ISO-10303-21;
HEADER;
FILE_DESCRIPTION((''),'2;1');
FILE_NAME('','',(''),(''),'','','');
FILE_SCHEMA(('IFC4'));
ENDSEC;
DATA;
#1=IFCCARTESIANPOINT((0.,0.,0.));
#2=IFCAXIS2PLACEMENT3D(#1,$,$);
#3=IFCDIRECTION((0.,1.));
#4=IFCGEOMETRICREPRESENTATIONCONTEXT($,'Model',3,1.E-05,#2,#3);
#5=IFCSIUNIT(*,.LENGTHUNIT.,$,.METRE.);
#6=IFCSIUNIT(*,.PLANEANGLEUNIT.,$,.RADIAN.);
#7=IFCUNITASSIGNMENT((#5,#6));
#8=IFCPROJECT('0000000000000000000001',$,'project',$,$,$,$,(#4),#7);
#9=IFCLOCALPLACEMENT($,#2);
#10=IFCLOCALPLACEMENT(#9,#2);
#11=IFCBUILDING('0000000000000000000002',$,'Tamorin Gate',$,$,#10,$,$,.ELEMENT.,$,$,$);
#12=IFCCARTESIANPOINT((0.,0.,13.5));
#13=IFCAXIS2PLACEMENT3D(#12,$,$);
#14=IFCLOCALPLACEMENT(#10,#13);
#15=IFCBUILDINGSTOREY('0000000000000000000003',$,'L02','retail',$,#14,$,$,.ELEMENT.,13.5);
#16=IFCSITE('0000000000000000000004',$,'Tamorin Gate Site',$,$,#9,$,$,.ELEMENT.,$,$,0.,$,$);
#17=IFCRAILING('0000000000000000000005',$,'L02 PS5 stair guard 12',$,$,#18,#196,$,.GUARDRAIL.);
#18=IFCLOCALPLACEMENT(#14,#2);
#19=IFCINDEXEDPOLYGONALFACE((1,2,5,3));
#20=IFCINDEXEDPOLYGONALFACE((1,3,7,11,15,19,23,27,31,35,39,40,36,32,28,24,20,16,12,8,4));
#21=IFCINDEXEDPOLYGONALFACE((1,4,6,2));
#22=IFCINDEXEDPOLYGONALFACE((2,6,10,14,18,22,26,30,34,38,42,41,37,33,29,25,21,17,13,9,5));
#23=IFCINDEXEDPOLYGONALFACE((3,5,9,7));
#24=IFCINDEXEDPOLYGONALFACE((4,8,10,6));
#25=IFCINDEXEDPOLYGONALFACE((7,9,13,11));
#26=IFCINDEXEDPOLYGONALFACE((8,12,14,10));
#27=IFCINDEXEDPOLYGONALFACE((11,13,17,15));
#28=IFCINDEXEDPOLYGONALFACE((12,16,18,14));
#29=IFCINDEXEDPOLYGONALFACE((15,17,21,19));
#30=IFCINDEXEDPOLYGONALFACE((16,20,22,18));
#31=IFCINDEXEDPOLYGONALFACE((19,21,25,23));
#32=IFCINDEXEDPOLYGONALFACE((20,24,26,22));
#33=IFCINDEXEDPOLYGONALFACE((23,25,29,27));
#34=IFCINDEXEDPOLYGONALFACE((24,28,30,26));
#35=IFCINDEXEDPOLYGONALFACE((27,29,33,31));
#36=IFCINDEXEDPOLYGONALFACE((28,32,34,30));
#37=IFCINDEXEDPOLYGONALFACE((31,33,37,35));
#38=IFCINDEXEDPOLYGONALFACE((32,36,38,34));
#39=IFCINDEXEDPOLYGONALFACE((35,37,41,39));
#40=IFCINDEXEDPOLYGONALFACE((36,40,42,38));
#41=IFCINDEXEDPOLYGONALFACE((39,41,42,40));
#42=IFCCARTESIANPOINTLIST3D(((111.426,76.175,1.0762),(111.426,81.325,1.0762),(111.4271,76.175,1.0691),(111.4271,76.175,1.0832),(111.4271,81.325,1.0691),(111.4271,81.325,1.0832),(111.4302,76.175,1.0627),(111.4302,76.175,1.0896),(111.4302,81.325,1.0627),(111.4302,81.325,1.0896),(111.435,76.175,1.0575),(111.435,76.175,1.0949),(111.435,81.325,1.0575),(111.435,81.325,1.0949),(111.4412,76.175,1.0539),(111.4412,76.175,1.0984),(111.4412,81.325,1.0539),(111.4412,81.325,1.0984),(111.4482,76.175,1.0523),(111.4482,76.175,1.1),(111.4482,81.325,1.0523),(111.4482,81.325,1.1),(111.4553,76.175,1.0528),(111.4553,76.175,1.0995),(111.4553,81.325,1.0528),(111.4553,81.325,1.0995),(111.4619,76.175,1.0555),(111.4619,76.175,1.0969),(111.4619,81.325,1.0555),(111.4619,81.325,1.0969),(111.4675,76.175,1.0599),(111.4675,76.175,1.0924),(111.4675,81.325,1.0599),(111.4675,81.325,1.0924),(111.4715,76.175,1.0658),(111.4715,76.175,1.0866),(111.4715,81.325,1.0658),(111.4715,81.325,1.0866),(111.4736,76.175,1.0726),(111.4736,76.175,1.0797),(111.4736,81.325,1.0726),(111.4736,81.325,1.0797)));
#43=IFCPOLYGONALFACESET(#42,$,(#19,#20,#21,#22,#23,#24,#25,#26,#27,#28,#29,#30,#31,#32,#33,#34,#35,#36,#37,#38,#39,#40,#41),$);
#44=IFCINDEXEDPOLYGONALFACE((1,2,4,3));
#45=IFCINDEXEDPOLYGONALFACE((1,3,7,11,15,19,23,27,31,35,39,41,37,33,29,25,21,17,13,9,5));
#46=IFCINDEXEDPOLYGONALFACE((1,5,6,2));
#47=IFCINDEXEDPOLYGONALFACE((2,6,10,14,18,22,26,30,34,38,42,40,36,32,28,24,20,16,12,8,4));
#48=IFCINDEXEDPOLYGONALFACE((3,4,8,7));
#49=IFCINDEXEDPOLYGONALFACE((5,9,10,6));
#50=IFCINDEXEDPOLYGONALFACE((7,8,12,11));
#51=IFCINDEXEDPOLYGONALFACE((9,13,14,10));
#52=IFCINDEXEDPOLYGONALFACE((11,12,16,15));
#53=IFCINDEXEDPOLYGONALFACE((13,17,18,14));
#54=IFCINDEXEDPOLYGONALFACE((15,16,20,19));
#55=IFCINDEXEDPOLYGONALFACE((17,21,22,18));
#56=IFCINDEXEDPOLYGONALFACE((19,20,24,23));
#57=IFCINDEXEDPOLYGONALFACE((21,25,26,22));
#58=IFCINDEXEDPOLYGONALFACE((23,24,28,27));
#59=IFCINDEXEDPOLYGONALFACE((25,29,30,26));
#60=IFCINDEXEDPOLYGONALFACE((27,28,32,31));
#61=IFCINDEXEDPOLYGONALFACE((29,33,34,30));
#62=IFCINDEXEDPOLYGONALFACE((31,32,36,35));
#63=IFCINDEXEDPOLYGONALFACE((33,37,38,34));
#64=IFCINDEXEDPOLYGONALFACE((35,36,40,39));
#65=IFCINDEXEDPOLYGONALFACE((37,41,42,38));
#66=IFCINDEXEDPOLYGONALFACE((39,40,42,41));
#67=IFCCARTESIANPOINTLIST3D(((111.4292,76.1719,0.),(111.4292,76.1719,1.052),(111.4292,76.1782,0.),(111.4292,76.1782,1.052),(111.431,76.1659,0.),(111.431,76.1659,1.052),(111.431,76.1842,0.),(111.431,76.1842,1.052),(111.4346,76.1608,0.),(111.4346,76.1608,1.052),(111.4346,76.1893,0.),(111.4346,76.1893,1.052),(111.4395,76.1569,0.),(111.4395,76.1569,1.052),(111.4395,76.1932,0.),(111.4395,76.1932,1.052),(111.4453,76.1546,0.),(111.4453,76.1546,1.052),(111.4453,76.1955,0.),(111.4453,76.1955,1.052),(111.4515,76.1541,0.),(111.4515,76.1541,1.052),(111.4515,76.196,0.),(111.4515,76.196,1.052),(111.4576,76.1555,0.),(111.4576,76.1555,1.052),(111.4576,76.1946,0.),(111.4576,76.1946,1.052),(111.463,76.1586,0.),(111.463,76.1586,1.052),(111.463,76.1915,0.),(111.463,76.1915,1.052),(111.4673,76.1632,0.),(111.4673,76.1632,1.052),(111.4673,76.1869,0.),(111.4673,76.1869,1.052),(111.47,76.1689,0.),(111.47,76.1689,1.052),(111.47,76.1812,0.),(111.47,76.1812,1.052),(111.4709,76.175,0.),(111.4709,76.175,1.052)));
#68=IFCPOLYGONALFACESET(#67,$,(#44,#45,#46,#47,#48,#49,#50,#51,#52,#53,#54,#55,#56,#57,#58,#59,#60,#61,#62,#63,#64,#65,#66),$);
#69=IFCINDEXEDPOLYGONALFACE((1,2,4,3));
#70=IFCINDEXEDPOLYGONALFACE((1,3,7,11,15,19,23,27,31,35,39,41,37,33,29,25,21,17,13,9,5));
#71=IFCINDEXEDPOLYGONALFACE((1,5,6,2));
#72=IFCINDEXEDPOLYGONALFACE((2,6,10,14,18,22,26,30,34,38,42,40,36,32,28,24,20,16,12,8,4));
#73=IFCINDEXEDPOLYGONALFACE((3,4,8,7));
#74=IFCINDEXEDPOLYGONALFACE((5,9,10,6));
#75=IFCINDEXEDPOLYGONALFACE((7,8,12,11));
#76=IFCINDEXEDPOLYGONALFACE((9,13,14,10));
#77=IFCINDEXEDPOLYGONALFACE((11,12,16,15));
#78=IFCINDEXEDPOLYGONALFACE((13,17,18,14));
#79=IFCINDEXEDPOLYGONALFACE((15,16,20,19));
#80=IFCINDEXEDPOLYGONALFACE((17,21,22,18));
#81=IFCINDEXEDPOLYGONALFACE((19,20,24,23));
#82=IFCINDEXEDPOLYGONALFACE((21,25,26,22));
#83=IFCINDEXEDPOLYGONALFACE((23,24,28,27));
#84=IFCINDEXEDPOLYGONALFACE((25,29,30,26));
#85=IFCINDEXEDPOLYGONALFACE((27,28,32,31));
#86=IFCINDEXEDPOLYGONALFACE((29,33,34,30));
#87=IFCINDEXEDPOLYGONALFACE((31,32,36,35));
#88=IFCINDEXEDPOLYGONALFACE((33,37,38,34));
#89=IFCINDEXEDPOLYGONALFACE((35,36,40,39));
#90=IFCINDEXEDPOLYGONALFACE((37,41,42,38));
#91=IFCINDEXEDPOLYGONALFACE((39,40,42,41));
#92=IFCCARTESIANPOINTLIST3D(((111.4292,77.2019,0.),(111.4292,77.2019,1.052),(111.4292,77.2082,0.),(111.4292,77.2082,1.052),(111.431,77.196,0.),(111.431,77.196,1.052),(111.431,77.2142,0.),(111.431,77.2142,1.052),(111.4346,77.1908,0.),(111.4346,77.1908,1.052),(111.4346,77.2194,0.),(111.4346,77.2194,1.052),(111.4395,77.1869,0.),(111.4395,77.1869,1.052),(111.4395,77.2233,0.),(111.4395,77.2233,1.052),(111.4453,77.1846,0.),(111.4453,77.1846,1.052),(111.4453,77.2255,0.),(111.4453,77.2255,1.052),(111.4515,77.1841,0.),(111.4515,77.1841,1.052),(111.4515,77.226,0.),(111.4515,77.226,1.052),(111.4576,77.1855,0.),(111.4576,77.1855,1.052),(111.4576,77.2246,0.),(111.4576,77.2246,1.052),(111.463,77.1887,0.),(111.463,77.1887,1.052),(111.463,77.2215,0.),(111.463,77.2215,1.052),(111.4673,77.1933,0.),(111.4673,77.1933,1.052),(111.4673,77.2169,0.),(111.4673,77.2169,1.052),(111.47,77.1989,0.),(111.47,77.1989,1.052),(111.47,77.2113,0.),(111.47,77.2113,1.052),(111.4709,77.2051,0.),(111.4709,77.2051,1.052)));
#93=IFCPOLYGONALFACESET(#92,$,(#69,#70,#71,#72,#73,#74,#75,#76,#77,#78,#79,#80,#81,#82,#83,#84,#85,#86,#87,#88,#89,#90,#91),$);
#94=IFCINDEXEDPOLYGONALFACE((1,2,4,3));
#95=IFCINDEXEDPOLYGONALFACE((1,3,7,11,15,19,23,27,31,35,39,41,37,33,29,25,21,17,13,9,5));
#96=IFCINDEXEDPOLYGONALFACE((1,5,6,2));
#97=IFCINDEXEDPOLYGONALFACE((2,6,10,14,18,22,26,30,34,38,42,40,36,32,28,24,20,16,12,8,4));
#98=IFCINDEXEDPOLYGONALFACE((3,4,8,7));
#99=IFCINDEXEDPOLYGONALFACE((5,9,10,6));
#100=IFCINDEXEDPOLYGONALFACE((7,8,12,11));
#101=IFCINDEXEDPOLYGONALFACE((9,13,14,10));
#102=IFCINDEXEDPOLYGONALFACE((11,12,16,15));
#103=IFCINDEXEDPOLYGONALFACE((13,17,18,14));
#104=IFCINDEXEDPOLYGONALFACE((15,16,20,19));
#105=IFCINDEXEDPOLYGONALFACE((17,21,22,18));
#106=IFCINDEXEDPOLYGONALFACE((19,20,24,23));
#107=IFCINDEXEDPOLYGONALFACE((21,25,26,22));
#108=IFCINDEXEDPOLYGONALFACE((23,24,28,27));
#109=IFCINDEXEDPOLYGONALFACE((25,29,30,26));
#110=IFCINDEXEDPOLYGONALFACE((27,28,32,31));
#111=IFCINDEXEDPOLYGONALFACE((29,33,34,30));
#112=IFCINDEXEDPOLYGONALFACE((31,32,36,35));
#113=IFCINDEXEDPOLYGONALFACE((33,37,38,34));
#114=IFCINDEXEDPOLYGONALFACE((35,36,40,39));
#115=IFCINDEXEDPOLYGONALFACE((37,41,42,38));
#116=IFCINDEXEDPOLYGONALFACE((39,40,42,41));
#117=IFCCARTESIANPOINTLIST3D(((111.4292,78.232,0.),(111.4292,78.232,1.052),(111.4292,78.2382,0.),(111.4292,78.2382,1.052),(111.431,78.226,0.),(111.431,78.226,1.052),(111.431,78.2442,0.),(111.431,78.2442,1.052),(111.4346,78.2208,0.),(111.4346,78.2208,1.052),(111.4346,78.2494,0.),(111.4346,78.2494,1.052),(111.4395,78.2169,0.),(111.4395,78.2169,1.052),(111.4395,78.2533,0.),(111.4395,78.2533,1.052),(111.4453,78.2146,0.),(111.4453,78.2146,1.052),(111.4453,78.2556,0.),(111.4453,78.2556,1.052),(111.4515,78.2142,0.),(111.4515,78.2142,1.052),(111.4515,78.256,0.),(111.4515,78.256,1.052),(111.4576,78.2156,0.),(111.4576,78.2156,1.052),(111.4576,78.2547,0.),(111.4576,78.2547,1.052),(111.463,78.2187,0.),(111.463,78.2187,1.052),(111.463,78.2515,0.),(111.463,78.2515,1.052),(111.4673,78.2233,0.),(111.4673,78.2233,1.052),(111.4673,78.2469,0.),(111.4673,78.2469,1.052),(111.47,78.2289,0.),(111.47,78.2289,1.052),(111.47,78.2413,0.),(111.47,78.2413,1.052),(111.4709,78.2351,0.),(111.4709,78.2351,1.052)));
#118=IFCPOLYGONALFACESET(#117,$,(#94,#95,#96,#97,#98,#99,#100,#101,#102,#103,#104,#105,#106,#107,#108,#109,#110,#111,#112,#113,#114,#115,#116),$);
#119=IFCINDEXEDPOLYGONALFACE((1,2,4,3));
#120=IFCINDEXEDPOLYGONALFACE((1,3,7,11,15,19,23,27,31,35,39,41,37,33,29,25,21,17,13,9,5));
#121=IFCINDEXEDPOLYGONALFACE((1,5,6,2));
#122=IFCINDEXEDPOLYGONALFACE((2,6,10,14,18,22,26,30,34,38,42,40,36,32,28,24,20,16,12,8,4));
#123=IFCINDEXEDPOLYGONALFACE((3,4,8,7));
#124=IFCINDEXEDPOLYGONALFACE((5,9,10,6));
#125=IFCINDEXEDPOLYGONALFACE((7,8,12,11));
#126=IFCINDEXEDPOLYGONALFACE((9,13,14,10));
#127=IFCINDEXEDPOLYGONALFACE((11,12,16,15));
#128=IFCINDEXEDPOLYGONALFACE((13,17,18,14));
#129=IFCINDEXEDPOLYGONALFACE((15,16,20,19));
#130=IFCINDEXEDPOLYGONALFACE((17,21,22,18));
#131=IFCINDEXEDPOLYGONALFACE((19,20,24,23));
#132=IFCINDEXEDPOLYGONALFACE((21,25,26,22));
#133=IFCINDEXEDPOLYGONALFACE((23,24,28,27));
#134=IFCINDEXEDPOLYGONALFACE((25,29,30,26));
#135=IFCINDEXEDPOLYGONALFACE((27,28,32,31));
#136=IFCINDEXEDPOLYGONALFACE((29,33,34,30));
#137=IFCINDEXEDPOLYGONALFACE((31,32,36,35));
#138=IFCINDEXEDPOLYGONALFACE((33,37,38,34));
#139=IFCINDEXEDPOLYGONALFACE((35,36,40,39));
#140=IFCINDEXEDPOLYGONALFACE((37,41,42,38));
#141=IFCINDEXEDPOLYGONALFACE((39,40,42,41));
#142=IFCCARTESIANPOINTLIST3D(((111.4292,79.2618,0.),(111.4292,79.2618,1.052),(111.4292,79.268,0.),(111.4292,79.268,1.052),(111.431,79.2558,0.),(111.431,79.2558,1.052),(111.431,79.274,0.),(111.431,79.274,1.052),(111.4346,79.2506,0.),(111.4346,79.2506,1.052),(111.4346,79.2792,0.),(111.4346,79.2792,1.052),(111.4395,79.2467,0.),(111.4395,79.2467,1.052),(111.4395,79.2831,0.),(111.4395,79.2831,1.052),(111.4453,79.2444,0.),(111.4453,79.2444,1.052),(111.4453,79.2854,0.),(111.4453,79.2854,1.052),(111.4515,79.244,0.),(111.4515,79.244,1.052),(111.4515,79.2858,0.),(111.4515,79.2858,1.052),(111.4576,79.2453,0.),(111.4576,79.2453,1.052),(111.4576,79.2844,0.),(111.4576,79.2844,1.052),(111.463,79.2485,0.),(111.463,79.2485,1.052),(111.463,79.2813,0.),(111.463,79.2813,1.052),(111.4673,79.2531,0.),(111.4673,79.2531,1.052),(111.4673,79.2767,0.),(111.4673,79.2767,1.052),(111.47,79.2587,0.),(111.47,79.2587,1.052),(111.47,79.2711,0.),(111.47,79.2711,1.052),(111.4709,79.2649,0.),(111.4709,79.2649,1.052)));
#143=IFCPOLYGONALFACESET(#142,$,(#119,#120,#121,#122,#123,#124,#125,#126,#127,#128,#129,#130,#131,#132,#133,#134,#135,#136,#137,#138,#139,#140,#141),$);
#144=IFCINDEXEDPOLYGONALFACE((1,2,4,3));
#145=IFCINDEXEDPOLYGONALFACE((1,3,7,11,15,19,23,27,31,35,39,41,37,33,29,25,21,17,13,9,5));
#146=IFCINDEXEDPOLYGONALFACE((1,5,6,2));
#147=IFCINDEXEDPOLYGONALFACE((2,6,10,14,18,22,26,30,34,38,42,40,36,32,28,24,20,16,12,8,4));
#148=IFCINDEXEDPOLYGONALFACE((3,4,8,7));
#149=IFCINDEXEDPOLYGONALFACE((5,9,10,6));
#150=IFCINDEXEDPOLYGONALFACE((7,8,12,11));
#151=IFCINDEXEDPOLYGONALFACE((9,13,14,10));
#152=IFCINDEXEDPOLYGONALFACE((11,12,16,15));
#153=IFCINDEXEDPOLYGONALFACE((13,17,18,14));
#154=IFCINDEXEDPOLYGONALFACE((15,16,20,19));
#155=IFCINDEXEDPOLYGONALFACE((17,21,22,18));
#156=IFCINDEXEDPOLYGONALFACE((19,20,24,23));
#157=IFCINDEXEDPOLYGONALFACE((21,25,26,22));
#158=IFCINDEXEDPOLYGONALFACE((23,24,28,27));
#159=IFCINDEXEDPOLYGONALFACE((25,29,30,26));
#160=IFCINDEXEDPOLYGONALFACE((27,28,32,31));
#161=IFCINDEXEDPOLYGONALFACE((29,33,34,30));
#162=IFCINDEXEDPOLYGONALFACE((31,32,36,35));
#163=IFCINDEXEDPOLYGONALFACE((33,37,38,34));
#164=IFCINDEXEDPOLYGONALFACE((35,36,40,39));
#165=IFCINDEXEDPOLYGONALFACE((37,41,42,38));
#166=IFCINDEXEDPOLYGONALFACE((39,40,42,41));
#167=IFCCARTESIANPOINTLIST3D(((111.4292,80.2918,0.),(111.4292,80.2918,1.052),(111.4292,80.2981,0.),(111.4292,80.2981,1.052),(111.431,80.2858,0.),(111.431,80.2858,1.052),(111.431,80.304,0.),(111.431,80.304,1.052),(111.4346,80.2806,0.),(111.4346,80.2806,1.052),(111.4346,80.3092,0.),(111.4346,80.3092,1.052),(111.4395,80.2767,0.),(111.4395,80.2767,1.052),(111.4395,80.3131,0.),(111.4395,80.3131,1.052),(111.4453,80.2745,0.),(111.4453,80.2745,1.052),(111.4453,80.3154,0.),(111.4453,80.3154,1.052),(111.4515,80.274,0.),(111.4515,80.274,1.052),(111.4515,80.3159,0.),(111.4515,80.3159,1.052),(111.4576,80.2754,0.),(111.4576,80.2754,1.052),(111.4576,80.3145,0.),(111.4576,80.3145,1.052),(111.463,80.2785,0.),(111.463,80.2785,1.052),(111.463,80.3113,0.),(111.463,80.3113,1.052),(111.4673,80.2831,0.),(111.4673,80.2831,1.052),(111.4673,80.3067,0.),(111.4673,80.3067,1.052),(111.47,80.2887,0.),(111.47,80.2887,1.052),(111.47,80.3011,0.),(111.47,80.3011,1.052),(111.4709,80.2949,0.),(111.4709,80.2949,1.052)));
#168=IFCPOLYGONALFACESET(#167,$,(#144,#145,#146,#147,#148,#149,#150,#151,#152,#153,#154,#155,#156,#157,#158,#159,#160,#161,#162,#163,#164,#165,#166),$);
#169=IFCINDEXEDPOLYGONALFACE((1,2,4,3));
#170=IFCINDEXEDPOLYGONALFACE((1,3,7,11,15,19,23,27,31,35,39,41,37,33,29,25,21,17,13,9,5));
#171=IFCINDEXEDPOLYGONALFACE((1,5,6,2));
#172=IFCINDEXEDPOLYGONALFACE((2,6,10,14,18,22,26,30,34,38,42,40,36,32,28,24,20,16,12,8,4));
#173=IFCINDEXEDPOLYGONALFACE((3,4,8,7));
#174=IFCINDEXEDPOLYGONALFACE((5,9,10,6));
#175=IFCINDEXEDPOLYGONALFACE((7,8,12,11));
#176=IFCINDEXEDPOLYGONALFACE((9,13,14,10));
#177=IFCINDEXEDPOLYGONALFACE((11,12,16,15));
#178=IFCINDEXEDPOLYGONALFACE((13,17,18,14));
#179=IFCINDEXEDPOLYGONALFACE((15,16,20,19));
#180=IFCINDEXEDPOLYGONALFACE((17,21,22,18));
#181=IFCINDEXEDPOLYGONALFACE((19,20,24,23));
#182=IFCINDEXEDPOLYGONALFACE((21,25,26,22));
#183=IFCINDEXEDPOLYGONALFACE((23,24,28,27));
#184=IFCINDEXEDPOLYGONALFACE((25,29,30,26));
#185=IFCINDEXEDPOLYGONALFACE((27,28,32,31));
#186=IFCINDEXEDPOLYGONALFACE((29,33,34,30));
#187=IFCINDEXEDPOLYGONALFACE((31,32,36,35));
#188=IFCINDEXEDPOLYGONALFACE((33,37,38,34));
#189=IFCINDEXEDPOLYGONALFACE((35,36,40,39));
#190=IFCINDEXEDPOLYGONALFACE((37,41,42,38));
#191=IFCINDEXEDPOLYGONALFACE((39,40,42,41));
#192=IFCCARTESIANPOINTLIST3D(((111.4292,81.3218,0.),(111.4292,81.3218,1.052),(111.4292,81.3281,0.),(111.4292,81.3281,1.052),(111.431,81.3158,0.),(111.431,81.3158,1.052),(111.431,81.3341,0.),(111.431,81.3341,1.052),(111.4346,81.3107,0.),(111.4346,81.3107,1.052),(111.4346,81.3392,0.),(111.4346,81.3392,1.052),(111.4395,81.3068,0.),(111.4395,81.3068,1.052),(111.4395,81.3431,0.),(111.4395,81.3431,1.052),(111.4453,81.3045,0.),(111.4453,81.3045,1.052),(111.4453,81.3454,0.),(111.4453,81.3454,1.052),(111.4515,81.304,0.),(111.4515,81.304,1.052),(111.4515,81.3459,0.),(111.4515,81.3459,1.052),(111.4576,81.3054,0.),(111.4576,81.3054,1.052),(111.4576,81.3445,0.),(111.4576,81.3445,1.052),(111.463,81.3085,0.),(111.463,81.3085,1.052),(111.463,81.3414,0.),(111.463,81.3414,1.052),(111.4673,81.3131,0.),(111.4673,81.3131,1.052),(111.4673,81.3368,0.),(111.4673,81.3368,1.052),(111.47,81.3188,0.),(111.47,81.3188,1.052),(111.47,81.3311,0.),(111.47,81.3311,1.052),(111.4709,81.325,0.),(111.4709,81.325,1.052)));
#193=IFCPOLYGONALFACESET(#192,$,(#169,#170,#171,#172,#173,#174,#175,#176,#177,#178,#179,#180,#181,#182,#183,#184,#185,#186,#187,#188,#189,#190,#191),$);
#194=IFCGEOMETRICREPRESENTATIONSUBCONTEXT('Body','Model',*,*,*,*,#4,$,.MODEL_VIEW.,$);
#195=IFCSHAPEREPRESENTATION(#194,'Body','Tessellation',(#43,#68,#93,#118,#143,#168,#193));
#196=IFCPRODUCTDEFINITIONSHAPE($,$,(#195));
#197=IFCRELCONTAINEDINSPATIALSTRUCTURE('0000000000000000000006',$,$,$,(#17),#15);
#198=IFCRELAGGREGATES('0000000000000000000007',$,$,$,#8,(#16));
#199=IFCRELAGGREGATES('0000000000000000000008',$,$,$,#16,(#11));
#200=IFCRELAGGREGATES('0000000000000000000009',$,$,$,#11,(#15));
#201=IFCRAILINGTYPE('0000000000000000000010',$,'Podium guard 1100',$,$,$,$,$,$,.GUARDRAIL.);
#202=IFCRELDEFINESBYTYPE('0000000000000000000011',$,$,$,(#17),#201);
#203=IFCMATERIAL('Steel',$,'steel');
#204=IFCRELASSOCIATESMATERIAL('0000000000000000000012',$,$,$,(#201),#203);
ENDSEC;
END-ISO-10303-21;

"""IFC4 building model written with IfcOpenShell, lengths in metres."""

from ifc_helpers import new_model, si_unit, direction, frame, origin, origin_2d, place, context, subcontext, project, spatial, circle, extrude, material, type_object, element, save


model = new_model("IFC4")

# Units and contexts
model_context = context("Model", 3, precision=1e-05, world=origin(), true_north=direction((0.0, 1.0)))
body_context = subcontext(model_context, "Body", "Model", "MODEL_VIEW")
ifc_project = project(units=[si_unit("LENGTHUNIT", "METRE"), si_unit("PLANEANGLEUNIT", "RADIAN")], contexts=[model_context])

# Site, building, storey
site_placement = place(None, origin())
site = spatial("IfcSite", under=ifc_project, at=site_placement, Name="Tamorin Gate Site", CompositionType="ELEMENT", RefElevation=0.0)
building_placement = place(site_placement, origin())
building = spatial("IfcBuilding", under=site, at=building_placement, Name="Tamorin Gate", CompositionType="ELEMENT")
storey_placement = place(building_placement, frame((0.0, 0.0, 13.5)))
storey = spatial("IfcBuildingStorey", under=building, at=storey_placement, Name="L02", Description="retail", CompositionType="ELEMENT", Elevation=13.5)

# Railing
ifc_material_1 = material(Name="Steel", Category="steel")
railing_type_1 = type_object("IfcRailingType", Name="Podium guard 1100", PredefinedType="GUARDRAIL", material=ifc_material_1)
railing_1_placement = place(storey_placement, frame((111.45, 76.175, 0.0)))
element("IfcRailing", 1, at=railing_1_placement, inside=storey, type_object=railing_type_1, Name="L02 PS5 stair guard 12", PredefinedType="GUARDRAIL", context=body_context, shape_type="SweptSolid", body=[
    extrude(circle(Radius=0.0239, at=origin_2d()), frame((0.0, 0.0, 1.0762), z_axis=(0.0, 1.0, 0.0), x_axis=(-1.0, 0.0, 0.0)), (0.0, 0.0, 1.0), 5.1499),
    extrude(circle(Radius=0.021, at=origin_2d()), origin(), (0.0, 0.0, 1.0), 1.052),
    extrude(circle(Radius=0.021, at=origin_2d()), frame((0.0, 1.03, 0.0)), (0.0, 0.0, 1.0), 1.052),
    extrude(circle(Radius=0.021, at=origin_2d()), frame((0.0, 2.0601, 0.0)), (0.0, 0.0, 1.0), 1.052),
    extrude(circle(Radius=0.021, at=origin_2d()), frame((0.0, 3.0898, 0.0)), (0.0, 0.0, 1.0), 1.052),
    extrude(circle(Radius=0.021, at=origin_2d()), frame((0.0, 4.1199, 0.0)), (0.0, 0.0, 1.0), 1.052),
    extrude(circle(Radius=0.021, at=origin_2d()), frame((0.0, 5.1499, 0.0)), (0.0, 0.0, 1.0), 1.052),
])

save(model, "model.ifc")
